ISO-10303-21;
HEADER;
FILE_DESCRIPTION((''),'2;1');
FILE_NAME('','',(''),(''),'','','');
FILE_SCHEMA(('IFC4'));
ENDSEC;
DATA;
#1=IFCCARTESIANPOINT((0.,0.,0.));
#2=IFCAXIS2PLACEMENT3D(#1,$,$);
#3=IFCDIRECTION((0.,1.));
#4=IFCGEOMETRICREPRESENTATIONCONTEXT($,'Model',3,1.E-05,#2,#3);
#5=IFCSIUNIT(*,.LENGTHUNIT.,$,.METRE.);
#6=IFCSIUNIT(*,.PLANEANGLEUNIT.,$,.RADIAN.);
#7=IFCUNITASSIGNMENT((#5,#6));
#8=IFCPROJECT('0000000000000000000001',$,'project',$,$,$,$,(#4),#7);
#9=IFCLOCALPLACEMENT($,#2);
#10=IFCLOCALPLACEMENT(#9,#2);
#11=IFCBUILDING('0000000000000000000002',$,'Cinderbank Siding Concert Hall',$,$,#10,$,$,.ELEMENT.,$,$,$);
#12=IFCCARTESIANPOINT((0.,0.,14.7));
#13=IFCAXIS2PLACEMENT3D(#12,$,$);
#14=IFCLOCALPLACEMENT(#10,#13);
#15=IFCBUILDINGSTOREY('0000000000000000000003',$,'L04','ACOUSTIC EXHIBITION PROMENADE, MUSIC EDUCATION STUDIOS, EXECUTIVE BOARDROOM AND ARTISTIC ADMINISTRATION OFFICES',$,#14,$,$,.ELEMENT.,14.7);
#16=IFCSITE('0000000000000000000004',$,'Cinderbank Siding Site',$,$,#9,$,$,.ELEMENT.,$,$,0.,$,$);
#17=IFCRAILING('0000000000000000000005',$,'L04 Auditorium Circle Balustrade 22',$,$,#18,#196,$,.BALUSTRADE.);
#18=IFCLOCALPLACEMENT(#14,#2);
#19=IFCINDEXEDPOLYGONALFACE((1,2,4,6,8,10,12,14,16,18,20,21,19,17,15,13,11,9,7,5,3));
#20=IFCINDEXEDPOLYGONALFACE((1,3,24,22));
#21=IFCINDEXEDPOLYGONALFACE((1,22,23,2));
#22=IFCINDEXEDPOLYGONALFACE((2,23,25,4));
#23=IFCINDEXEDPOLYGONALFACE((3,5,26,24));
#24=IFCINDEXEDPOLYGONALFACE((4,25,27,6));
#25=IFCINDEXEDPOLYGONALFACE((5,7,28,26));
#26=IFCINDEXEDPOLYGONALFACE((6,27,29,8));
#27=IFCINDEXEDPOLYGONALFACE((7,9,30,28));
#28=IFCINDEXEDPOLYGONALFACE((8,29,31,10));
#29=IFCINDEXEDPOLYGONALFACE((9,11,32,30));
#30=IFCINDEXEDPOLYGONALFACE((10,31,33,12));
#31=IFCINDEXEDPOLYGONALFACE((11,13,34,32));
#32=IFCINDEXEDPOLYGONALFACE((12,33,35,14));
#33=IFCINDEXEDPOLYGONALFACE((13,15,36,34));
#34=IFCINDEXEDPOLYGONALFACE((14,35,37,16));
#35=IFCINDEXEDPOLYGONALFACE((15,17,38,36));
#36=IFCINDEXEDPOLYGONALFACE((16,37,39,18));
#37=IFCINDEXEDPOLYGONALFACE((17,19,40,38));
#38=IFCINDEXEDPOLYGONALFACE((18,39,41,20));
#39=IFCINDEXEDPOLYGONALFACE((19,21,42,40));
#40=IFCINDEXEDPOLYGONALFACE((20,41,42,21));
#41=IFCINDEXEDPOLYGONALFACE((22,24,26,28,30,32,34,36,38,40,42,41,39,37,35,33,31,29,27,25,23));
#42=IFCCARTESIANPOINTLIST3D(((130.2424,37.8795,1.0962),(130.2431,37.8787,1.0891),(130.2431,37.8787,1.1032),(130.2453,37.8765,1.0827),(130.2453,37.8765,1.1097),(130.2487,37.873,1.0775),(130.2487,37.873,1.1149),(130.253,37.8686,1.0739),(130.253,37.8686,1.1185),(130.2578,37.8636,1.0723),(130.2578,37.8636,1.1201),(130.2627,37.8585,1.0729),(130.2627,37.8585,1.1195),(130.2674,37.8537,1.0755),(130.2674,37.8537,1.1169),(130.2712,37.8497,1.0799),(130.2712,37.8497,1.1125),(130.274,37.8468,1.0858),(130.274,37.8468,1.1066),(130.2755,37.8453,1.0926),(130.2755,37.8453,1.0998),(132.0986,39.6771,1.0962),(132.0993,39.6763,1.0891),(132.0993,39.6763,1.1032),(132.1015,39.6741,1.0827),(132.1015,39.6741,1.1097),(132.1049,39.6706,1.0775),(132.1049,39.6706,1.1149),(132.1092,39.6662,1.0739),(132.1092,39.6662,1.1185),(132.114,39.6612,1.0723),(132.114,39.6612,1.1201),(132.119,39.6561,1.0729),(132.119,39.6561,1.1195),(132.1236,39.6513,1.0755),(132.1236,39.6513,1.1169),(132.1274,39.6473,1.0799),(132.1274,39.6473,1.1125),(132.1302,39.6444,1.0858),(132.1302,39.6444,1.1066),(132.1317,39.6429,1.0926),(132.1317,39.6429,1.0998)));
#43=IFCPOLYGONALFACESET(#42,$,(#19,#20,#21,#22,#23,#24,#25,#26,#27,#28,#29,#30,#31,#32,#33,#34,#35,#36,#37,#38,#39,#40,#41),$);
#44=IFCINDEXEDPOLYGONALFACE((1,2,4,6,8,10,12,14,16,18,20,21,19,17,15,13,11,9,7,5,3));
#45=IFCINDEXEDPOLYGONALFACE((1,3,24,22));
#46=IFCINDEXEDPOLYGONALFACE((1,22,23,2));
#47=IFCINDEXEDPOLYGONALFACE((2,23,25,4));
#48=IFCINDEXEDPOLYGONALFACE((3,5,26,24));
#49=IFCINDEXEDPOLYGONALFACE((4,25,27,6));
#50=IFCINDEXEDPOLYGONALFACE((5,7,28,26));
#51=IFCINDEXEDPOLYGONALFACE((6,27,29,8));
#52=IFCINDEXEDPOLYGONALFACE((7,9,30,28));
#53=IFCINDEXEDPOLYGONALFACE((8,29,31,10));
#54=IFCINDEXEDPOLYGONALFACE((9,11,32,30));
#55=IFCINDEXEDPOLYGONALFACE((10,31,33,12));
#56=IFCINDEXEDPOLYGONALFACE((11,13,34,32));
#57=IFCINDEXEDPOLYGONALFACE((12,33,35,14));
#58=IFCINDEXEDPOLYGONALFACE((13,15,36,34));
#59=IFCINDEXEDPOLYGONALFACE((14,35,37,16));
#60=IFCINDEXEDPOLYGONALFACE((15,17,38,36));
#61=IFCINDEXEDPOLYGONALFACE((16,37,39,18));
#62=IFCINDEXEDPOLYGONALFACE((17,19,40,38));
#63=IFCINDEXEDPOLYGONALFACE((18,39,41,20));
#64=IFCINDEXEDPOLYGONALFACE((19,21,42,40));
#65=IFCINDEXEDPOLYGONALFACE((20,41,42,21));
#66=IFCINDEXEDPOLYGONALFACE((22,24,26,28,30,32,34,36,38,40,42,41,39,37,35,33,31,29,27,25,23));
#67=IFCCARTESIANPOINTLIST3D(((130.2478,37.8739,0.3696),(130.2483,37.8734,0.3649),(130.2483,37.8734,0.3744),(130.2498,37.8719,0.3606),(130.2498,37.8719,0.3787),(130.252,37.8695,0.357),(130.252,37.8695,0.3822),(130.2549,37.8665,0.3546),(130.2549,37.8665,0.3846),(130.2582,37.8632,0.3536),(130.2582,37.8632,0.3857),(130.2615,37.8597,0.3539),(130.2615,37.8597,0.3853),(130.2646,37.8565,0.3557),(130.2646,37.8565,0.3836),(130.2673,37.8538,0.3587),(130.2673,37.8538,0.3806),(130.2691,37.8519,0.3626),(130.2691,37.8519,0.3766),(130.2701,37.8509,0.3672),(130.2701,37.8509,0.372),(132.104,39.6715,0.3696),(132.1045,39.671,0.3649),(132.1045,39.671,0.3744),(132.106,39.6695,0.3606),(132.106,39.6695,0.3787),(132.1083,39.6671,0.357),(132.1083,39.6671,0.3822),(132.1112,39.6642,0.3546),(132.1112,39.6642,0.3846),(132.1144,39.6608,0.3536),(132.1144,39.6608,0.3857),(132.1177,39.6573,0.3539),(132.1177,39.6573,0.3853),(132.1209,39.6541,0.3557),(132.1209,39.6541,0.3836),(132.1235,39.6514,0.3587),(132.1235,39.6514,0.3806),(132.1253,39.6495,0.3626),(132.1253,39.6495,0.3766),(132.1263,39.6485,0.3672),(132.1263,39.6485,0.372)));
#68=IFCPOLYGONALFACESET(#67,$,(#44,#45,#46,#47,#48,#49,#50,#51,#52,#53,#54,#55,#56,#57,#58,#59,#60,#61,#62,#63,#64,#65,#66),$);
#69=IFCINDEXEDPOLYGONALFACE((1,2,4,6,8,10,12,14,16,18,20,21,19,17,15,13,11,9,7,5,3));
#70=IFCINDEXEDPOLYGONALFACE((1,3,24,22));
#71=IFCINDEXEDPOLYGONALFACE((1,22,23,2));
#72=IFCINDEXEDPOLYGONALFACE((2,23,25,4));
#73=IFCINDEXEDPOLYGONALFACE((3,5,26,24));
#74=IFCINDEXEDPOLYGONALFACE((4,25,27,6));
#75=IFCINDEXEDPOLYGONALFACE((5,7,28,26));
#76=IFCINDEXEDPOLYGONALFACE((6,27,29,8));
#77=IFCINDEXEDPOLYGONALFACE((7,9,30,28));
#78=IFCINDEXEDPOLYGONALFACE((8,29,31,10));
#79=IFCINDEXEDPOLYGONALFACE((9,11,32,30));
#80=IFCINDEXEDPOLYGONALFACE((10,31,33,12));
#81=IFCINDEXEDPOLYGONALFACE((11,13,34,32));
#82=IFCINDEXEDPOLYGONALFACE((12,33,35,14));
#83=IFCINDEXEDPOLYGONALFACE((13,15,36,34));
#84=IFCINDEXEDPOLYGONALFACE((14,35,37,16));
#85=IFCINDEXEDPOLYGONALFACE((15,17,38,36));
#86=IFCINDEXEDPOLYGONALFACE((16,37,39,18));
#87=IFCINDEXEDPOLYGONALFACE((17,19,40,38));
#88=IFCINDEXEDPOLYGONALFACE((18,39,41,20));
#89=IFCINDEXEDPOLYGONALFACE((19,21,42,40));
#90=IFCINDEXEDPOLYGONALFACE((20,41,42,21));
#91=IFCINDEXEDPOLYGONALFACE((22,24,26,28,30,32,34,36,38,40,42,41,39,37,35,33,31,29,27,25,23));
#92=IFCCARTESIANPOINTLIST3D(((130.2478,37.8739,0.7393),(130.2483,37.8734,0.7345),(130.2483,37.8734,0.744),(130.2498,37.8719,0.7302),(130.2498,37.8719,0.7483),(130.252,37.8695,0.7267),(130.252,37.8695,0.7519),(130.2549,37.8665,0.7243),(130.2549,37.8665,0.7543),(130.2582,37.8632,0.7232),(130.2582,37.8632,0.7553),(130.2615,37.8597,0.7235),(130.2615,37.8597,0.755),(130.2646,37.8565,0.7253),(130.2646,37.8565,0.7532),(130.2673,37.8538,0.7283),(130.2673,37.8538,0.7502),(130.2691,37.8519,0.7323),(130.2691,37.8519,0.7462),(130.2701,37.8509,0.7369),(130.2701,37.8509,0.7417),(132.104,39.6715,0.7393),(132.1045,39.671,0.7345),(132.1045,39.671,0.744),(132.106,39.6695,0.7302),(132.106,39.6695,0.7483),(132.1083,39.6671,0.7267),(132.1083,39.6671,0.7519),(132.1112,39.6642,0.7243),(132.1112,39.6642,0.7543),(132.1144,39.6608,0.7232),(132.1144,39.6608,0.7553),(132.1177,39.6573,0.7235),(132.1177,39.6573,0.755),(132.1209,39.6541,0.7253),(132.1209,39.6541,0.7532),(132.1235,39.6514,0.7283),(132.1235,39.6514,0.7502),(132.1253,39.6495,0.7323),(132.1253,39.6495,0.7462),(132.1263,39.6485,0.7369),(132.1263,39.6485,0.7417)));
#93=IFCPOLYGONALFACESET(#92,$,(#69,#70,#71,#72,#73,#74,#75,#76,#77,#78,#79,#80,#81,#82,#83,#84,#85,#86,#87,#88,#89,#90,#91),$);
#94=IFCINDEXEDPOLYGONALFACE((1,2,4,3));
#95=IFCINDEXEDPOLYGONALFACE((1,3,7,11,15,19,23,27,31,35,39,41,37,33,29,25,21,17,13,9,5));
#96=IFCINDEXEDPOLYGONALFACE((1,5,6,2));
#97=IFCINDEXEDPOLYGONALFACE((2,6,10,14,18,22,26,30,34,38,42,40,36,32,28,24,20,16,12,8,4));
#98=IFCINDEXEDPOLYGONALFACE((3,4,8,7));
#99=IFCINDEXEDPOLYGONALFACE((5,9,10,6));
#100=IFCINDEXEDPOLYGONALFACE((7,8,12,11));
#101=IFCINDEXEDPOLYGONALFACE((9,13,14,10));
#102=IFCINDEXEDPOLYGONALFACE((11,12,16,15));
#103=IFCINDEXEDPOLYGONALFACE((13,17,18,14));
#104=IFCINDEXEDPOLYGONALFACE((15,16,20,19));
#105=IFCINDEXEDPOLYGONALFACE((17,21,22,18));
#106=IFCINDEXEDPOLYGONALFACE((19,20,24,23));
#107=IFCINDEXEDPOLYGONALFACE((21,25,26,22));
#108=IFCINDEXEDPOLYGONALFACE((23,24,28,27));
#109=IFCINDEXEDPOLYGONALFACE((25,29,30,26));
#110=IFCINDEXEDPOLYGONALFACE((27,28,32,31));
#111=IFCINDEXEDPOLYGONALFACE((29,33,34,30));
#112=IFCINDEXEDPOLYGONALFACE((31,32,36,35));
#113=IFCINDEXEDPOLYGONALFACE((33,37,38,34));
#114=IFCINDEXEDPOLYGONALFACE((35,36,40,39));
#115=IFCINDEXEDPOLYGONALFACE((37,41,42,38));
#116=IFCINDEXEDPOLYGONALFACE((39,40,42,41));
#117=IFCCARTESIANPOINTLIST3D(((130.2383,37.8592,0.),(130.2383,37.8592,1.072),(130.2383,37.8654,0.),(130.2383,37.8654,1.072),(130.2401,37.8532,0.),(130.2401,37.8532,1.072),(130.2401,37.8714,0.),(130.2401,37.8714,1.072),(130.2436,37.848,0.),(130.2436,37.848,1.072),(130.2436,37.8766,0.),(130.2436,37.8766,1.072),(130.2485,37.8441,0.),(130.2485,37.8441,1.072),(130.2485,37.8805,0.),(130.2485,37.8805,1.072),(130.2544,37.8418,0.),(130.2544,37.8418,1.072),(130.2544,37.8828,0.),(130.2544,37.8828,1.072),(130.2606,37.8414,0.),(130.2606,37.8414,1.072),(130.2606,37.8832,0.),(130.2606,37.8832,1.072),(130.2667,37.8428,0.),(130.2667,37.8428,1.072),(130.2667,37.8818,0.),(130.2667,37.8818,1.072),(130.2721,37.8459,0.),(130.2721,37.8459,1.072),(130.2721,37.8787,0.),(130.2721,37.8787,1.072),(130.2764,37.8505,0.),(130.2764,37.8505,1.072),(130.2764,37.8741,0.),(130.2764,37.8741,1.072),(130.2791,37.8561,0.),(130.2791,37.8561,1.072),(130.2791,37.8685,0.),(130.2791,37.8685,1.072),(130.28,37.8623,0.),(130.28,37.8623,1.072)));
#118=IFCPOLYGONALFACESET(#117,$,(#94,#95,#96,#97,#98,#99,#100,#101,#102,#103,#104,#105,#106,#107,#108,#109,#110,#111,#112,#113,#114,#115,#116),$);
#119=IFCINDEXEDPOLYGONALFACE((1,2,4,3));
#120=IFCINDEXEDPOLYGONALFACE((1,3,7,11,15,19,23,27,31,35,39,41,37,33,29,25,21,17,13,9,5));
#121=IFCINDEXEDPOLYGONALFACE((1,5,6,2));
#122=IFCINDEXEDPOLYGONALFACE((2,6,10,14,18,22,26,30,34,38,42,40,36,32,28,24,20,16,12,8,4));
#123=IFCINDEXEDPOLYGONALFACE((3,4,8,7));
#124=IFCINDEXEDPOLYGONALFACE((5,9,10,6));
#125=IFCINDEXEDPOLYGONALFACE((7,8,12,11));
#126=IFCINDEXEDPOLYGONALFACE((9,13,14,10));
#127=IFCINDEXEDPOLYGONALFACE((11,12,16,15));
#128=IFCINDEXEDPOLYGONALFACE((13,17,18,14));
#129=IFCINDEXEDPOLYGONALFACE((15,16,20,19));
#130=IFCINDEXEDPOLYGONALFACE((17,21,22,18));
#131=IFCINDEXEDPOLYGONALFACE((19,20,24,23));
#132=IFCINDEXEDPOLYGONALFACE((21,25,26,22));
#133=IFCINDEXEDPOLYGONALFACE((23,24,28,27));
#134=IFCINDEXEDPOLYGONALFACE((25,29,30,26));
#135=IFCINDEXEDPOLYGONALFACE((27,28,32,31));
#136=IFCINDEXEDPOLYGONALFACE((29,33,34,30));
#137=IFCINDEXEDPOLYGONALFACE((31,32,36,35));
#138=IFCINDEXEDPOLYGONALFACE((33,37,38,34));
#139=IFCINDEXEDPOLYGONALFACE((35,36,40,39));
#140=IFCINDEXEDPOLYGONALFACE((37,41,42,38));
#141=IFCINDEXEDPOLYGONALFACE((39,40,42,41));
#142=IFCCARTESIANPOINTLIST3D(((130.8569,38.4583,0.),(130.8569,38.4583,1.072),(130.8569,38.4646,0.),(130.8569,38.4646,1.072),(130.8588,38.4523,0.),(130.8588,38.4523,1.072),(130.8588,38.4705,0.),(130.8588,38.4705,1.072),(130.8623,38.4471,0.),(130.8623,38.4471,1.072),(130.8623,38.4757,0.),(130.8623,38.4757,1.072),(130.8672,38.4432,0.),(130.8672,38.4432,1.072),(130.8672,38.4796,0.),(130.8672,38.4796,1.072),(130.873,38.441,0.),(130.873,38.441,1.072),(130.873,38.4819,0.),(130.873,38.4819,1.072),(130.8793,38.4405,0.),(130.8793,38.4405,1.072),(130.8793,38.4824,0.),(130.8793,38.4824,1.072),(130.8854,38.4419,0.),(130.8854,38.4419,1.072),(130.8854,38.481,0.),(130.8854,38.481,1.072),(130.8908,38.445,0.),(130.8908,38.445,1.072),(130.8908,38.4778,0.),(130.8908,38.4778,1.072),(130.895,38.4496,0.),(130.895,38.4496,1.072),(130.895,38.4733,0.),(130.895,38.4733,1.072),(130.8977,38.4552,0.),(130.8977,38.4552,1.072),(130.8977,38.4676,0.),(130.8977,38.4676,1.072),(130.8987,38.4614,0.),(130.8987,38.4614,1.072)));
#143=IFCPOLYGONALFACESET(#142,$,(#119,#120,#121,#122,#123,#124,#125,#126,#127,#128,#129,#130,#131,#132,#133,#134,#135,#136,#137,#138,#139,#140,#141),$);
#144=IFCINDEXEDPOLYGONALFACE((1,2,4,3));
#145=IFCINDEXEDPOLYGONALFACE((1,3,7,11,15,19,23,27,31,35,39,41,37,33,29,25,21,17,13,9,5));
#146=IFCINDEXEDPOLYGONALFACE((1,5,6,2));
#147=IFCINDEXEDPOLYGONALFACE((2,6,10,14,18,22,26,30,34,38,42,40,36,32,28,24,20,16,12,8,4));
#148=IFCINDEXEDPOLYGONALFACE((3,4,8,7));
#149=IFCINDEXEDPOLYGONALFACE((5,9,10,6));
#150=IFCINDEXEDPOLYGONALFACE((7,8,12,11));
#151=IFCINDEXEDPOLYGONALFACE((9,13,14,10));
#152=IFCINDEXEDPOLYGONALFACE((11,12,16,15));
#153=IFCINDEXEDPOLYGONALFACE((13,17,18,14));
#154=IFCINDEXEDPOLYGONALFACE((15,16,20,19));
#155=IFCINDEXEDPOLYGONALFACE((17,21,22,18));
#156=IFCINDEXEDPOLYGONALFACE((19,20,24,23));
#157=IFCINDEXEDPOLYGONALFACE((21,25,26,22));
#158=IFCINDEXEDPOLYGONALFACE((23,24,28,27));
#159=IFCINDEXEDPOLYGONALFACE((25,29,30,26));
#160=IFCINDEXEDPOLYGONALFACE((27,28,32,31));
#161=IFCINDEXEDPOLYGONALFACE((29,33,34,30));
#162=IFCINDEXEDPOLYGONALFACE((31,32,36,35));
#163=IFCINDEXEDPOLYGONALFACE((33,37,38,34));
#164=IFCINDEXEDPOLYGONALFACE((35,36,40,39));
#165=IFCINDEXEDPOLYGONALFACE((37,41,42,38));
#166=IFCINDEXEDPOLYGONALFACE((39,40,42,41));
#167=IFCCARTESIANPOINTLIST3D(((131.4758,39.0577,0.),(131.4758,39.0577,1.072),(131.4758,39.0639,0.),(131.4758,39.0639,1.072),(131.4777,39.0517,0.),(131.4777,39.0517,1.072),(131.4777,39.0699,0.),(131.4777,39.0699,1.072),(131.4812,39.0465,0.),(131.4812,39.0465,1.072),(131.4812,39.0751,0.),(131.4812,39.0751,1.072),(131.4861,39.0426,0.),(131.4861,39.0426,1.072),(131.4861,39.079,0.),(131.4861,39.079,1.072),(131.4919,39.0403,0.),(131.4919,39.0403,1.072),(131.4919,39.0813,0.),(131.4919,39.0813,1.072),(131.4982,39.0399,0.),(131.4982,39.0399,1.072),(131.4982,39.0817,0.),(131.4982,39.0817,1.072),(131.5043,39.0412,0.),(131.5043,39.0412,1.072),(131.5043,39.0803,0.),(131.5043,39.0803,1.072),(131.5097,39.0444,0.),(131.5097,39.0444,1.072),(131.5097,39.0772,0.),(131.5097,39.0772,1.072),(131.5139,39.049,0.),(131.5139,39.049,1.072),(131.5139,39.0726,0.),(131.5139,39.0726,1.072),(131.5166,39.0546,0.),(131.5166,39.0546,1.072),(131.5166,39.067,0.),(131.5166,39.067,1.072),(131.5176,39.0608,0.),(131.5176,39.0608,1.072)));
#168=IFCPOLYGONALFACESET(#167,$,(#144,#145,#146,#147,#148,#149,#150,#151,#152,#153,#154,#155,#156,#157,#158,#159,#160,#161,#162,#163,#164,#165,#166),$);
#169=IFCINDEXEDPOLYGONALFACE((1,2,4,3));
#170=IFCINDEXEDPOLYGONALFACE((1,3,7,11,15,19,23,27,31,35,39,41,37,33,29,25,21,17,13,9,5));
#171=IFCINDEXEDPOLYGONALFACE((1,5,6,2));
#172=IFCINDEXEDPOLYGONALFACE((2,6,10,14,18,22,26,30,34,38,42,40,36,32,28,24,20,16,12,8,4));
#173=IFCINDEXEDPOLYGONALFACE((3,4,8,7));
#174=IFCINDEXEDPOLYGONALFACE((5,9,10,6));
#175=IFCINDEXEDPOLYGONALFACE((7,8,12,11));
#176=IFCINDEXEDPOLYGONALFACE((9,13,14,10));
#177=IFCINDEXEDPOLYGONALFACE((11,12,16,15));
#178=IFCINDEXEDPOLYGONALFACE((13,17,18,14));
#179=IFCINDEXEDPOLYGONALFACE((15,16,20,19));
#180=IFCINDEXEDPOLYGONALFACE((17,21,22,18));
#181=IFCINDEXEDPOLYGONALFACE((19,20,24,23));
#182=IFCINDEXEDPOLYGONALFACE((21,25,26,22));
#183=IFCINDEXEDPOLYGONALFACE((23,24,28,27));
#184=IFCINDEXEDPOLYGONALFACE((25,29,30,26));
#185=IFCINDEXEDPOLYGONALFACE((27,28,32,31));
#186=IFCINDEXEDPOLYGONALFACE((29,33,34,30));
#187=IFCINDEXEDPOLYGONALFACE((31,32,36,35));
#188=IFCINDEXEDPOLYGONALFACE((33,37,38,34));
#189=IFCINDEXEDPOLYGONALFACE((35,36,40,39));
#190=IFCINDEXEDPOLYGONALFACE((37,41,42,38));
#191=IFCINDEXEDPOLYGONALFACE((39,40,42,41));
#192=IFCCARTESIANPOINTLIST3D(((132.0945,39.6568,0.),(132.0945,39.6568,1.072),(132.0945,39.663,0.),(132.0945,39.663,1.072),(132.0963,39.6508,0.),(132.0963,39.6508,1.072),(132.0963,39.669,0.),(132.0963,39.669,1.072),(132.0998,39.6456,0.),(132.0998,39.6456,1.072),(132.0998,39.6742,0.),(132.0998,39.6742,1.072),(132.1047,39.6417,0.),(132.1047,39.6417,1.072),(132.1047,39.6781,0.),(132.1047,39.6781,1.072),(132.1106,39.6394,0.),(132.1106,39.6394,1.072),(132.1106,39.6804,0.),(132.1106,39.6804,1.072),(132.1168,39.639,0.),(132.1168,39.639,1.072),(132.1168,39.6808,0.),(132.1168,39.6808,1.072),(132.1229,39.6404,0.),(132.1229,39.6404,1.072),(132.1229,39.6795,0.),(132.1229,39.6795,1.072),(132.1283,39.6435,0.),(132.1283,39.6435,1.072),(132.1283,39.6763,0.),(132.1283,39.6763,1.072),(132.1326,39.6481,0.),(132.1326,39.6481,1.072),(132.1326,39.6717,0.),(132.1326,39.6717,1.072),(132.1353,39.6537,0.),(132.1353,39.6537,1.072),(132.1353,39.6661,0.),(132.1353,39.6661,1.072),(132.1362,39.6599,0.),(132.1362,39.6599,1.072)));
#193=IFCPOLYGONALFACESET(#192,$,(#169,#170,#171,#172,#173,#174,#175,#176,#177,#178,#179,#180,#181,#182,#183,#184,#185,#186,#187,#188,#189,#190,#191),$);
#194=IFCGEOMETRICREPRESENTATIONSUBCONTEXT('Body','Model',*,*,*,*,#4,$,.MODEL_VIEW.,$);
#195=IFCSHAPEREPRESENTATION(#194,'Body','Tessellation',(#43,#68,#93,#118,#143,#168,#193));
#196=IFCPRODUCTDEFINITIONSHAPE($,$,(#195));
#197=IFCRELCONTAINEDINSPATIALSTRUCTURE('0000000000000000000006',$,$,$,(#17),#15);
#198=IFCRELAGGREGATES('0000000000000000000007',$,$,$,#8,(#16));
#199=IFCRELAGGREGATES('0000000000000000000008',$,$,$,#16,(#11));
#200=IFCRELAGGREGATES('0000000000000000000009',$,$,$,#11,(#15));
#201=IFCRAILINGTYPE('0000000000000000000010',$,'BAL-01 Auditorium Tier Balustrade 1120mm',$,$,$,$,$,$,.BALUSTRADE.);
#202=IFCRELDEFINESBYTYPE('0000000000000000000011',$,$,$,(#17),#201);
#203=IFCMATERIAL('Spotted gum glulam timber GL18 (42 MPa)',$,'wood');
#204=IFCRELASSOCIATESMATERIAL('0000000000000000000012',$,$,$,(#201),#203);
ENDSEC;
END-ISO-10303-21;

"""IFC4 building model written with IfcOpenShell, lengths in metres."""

from ifc_helpers import new_model, si_unit, direction, frame, origin, origin_2d, place, context, subcontext, project, spatial, circle, extrude, material, type_object, element, save


model = new_model("IFC4")

# Units and contexts
model_context = context("Model", 3, precision=1e-05, world=origin(), true_north=direction((0.0, 1.0)))
body_context = subcontext(model_context, "Body", "Model", "MODEL_VIEW")
ifc_project = project(units=[si_unit("LENGTHUNIT", "METRE"), si_unit("PLANEANGLEUNIT", "RADIAN")], contexts=[model_context])

# Site, building, storey
site_placement = place(None, origin())
site = spatial("IfcSite", under=ifc_project, at=site_placement, Name="Cinderbank Siding Site", CompositionType="ELEMENT", RefElevation=0.0)
building_placement = place(site_placement, origin())
building = spatial("IfcBuilding", under=site, at=building_placement, Name="Cinderbank Siding Concert Hall", CompositionType="ELEMENT")
storey_placement = place(building_placement, frame((0.0, 0.0, 14.7)))
storey = spatial("IfcBuildingStorey", under=building, at=storey_placement, Name="L04", Description="ACOUSTIC EXHIBITION PROMENADE, MUSIC EDUCATION STUDIOS, EXECUTIVE BOARDROOM AND ARTISTIC ADMINISTRATION OFFICES", CompositionType="ELEMENT", Elevation=14.7)

# Shared definitions
ifc_material_1 = material(Name="Spotted gum glulam timber GL18 (42 MPa)", Category="wood")

# Railing
railing_type = type_object("IfcRailingType", Name="BAL-01 Auditorium Tier Balustrade 1120mm", PredefinedType="BALUSTRADE", material=ifc_material_1)
railing_1_placement = place(storey_placement, frame((130.259, 37.8623, 0.0)))
element("IfcRailing", 1, at=railing_1_placement, inside=storey, type_object=railing_type, Name="L04 Auditorium Circle Balustrade 22", PredefinedType="BALUSTRADE", context=body_context, shape_type="SweptSolid", body=[
    extrude(circle(Radius=0.0239, at=origin_2d()), frame((0.0, 0.0, 1.0962), z_axis=(0.718354, 0.695678, 0.0), x_axis=(-0.695678, 0.718354, 0.0)), (0.0, 0.0, 1.0), 2.584),
    extrude(circle(Radius=0.0161, at=origin_2d()), frame((0.0, 0.0, 0.3696), z_axis=(0.718354, 0.695678, 0.0), x_axis=(-0.695678, 0.718354, 0.0)), (0.0, 0.0, 1.0), 2.584),
    extrude(circle(Radius=0.0161, at=origin_2d()), frame((0.0, 0.0, 0.7393), z_axis=(0.718354, 0.695678, 0.0), x_axis=(-0.695678, 0.718354, 0.0)), (0.0, 0.0, 1.0), 2.584),
    extrude(circle(Radius=0.021, at=origin_2d()), origin(), (0.0, 0.0, 1.0), 1.072),
    extrude(circle(Radius=0.021, at=origin_2d()), frame((0.6187, 0.5991, 0.0)), (0.0, 0.0, 1.0), 1.072),
    extrude(circle(Radius=0.021, at=origin_2d()), frame((1.2375, 1.1985, 0.0)), (0.0, 0.0, 1.0), 1.072),
    extrude(circle(Radius=0.021, at=origin_2d()), frame((1.8562, 1.7976, 0.0)), (0.0, 0.0, 1.0), 1.072),
])

save(model, "model.ifc")
